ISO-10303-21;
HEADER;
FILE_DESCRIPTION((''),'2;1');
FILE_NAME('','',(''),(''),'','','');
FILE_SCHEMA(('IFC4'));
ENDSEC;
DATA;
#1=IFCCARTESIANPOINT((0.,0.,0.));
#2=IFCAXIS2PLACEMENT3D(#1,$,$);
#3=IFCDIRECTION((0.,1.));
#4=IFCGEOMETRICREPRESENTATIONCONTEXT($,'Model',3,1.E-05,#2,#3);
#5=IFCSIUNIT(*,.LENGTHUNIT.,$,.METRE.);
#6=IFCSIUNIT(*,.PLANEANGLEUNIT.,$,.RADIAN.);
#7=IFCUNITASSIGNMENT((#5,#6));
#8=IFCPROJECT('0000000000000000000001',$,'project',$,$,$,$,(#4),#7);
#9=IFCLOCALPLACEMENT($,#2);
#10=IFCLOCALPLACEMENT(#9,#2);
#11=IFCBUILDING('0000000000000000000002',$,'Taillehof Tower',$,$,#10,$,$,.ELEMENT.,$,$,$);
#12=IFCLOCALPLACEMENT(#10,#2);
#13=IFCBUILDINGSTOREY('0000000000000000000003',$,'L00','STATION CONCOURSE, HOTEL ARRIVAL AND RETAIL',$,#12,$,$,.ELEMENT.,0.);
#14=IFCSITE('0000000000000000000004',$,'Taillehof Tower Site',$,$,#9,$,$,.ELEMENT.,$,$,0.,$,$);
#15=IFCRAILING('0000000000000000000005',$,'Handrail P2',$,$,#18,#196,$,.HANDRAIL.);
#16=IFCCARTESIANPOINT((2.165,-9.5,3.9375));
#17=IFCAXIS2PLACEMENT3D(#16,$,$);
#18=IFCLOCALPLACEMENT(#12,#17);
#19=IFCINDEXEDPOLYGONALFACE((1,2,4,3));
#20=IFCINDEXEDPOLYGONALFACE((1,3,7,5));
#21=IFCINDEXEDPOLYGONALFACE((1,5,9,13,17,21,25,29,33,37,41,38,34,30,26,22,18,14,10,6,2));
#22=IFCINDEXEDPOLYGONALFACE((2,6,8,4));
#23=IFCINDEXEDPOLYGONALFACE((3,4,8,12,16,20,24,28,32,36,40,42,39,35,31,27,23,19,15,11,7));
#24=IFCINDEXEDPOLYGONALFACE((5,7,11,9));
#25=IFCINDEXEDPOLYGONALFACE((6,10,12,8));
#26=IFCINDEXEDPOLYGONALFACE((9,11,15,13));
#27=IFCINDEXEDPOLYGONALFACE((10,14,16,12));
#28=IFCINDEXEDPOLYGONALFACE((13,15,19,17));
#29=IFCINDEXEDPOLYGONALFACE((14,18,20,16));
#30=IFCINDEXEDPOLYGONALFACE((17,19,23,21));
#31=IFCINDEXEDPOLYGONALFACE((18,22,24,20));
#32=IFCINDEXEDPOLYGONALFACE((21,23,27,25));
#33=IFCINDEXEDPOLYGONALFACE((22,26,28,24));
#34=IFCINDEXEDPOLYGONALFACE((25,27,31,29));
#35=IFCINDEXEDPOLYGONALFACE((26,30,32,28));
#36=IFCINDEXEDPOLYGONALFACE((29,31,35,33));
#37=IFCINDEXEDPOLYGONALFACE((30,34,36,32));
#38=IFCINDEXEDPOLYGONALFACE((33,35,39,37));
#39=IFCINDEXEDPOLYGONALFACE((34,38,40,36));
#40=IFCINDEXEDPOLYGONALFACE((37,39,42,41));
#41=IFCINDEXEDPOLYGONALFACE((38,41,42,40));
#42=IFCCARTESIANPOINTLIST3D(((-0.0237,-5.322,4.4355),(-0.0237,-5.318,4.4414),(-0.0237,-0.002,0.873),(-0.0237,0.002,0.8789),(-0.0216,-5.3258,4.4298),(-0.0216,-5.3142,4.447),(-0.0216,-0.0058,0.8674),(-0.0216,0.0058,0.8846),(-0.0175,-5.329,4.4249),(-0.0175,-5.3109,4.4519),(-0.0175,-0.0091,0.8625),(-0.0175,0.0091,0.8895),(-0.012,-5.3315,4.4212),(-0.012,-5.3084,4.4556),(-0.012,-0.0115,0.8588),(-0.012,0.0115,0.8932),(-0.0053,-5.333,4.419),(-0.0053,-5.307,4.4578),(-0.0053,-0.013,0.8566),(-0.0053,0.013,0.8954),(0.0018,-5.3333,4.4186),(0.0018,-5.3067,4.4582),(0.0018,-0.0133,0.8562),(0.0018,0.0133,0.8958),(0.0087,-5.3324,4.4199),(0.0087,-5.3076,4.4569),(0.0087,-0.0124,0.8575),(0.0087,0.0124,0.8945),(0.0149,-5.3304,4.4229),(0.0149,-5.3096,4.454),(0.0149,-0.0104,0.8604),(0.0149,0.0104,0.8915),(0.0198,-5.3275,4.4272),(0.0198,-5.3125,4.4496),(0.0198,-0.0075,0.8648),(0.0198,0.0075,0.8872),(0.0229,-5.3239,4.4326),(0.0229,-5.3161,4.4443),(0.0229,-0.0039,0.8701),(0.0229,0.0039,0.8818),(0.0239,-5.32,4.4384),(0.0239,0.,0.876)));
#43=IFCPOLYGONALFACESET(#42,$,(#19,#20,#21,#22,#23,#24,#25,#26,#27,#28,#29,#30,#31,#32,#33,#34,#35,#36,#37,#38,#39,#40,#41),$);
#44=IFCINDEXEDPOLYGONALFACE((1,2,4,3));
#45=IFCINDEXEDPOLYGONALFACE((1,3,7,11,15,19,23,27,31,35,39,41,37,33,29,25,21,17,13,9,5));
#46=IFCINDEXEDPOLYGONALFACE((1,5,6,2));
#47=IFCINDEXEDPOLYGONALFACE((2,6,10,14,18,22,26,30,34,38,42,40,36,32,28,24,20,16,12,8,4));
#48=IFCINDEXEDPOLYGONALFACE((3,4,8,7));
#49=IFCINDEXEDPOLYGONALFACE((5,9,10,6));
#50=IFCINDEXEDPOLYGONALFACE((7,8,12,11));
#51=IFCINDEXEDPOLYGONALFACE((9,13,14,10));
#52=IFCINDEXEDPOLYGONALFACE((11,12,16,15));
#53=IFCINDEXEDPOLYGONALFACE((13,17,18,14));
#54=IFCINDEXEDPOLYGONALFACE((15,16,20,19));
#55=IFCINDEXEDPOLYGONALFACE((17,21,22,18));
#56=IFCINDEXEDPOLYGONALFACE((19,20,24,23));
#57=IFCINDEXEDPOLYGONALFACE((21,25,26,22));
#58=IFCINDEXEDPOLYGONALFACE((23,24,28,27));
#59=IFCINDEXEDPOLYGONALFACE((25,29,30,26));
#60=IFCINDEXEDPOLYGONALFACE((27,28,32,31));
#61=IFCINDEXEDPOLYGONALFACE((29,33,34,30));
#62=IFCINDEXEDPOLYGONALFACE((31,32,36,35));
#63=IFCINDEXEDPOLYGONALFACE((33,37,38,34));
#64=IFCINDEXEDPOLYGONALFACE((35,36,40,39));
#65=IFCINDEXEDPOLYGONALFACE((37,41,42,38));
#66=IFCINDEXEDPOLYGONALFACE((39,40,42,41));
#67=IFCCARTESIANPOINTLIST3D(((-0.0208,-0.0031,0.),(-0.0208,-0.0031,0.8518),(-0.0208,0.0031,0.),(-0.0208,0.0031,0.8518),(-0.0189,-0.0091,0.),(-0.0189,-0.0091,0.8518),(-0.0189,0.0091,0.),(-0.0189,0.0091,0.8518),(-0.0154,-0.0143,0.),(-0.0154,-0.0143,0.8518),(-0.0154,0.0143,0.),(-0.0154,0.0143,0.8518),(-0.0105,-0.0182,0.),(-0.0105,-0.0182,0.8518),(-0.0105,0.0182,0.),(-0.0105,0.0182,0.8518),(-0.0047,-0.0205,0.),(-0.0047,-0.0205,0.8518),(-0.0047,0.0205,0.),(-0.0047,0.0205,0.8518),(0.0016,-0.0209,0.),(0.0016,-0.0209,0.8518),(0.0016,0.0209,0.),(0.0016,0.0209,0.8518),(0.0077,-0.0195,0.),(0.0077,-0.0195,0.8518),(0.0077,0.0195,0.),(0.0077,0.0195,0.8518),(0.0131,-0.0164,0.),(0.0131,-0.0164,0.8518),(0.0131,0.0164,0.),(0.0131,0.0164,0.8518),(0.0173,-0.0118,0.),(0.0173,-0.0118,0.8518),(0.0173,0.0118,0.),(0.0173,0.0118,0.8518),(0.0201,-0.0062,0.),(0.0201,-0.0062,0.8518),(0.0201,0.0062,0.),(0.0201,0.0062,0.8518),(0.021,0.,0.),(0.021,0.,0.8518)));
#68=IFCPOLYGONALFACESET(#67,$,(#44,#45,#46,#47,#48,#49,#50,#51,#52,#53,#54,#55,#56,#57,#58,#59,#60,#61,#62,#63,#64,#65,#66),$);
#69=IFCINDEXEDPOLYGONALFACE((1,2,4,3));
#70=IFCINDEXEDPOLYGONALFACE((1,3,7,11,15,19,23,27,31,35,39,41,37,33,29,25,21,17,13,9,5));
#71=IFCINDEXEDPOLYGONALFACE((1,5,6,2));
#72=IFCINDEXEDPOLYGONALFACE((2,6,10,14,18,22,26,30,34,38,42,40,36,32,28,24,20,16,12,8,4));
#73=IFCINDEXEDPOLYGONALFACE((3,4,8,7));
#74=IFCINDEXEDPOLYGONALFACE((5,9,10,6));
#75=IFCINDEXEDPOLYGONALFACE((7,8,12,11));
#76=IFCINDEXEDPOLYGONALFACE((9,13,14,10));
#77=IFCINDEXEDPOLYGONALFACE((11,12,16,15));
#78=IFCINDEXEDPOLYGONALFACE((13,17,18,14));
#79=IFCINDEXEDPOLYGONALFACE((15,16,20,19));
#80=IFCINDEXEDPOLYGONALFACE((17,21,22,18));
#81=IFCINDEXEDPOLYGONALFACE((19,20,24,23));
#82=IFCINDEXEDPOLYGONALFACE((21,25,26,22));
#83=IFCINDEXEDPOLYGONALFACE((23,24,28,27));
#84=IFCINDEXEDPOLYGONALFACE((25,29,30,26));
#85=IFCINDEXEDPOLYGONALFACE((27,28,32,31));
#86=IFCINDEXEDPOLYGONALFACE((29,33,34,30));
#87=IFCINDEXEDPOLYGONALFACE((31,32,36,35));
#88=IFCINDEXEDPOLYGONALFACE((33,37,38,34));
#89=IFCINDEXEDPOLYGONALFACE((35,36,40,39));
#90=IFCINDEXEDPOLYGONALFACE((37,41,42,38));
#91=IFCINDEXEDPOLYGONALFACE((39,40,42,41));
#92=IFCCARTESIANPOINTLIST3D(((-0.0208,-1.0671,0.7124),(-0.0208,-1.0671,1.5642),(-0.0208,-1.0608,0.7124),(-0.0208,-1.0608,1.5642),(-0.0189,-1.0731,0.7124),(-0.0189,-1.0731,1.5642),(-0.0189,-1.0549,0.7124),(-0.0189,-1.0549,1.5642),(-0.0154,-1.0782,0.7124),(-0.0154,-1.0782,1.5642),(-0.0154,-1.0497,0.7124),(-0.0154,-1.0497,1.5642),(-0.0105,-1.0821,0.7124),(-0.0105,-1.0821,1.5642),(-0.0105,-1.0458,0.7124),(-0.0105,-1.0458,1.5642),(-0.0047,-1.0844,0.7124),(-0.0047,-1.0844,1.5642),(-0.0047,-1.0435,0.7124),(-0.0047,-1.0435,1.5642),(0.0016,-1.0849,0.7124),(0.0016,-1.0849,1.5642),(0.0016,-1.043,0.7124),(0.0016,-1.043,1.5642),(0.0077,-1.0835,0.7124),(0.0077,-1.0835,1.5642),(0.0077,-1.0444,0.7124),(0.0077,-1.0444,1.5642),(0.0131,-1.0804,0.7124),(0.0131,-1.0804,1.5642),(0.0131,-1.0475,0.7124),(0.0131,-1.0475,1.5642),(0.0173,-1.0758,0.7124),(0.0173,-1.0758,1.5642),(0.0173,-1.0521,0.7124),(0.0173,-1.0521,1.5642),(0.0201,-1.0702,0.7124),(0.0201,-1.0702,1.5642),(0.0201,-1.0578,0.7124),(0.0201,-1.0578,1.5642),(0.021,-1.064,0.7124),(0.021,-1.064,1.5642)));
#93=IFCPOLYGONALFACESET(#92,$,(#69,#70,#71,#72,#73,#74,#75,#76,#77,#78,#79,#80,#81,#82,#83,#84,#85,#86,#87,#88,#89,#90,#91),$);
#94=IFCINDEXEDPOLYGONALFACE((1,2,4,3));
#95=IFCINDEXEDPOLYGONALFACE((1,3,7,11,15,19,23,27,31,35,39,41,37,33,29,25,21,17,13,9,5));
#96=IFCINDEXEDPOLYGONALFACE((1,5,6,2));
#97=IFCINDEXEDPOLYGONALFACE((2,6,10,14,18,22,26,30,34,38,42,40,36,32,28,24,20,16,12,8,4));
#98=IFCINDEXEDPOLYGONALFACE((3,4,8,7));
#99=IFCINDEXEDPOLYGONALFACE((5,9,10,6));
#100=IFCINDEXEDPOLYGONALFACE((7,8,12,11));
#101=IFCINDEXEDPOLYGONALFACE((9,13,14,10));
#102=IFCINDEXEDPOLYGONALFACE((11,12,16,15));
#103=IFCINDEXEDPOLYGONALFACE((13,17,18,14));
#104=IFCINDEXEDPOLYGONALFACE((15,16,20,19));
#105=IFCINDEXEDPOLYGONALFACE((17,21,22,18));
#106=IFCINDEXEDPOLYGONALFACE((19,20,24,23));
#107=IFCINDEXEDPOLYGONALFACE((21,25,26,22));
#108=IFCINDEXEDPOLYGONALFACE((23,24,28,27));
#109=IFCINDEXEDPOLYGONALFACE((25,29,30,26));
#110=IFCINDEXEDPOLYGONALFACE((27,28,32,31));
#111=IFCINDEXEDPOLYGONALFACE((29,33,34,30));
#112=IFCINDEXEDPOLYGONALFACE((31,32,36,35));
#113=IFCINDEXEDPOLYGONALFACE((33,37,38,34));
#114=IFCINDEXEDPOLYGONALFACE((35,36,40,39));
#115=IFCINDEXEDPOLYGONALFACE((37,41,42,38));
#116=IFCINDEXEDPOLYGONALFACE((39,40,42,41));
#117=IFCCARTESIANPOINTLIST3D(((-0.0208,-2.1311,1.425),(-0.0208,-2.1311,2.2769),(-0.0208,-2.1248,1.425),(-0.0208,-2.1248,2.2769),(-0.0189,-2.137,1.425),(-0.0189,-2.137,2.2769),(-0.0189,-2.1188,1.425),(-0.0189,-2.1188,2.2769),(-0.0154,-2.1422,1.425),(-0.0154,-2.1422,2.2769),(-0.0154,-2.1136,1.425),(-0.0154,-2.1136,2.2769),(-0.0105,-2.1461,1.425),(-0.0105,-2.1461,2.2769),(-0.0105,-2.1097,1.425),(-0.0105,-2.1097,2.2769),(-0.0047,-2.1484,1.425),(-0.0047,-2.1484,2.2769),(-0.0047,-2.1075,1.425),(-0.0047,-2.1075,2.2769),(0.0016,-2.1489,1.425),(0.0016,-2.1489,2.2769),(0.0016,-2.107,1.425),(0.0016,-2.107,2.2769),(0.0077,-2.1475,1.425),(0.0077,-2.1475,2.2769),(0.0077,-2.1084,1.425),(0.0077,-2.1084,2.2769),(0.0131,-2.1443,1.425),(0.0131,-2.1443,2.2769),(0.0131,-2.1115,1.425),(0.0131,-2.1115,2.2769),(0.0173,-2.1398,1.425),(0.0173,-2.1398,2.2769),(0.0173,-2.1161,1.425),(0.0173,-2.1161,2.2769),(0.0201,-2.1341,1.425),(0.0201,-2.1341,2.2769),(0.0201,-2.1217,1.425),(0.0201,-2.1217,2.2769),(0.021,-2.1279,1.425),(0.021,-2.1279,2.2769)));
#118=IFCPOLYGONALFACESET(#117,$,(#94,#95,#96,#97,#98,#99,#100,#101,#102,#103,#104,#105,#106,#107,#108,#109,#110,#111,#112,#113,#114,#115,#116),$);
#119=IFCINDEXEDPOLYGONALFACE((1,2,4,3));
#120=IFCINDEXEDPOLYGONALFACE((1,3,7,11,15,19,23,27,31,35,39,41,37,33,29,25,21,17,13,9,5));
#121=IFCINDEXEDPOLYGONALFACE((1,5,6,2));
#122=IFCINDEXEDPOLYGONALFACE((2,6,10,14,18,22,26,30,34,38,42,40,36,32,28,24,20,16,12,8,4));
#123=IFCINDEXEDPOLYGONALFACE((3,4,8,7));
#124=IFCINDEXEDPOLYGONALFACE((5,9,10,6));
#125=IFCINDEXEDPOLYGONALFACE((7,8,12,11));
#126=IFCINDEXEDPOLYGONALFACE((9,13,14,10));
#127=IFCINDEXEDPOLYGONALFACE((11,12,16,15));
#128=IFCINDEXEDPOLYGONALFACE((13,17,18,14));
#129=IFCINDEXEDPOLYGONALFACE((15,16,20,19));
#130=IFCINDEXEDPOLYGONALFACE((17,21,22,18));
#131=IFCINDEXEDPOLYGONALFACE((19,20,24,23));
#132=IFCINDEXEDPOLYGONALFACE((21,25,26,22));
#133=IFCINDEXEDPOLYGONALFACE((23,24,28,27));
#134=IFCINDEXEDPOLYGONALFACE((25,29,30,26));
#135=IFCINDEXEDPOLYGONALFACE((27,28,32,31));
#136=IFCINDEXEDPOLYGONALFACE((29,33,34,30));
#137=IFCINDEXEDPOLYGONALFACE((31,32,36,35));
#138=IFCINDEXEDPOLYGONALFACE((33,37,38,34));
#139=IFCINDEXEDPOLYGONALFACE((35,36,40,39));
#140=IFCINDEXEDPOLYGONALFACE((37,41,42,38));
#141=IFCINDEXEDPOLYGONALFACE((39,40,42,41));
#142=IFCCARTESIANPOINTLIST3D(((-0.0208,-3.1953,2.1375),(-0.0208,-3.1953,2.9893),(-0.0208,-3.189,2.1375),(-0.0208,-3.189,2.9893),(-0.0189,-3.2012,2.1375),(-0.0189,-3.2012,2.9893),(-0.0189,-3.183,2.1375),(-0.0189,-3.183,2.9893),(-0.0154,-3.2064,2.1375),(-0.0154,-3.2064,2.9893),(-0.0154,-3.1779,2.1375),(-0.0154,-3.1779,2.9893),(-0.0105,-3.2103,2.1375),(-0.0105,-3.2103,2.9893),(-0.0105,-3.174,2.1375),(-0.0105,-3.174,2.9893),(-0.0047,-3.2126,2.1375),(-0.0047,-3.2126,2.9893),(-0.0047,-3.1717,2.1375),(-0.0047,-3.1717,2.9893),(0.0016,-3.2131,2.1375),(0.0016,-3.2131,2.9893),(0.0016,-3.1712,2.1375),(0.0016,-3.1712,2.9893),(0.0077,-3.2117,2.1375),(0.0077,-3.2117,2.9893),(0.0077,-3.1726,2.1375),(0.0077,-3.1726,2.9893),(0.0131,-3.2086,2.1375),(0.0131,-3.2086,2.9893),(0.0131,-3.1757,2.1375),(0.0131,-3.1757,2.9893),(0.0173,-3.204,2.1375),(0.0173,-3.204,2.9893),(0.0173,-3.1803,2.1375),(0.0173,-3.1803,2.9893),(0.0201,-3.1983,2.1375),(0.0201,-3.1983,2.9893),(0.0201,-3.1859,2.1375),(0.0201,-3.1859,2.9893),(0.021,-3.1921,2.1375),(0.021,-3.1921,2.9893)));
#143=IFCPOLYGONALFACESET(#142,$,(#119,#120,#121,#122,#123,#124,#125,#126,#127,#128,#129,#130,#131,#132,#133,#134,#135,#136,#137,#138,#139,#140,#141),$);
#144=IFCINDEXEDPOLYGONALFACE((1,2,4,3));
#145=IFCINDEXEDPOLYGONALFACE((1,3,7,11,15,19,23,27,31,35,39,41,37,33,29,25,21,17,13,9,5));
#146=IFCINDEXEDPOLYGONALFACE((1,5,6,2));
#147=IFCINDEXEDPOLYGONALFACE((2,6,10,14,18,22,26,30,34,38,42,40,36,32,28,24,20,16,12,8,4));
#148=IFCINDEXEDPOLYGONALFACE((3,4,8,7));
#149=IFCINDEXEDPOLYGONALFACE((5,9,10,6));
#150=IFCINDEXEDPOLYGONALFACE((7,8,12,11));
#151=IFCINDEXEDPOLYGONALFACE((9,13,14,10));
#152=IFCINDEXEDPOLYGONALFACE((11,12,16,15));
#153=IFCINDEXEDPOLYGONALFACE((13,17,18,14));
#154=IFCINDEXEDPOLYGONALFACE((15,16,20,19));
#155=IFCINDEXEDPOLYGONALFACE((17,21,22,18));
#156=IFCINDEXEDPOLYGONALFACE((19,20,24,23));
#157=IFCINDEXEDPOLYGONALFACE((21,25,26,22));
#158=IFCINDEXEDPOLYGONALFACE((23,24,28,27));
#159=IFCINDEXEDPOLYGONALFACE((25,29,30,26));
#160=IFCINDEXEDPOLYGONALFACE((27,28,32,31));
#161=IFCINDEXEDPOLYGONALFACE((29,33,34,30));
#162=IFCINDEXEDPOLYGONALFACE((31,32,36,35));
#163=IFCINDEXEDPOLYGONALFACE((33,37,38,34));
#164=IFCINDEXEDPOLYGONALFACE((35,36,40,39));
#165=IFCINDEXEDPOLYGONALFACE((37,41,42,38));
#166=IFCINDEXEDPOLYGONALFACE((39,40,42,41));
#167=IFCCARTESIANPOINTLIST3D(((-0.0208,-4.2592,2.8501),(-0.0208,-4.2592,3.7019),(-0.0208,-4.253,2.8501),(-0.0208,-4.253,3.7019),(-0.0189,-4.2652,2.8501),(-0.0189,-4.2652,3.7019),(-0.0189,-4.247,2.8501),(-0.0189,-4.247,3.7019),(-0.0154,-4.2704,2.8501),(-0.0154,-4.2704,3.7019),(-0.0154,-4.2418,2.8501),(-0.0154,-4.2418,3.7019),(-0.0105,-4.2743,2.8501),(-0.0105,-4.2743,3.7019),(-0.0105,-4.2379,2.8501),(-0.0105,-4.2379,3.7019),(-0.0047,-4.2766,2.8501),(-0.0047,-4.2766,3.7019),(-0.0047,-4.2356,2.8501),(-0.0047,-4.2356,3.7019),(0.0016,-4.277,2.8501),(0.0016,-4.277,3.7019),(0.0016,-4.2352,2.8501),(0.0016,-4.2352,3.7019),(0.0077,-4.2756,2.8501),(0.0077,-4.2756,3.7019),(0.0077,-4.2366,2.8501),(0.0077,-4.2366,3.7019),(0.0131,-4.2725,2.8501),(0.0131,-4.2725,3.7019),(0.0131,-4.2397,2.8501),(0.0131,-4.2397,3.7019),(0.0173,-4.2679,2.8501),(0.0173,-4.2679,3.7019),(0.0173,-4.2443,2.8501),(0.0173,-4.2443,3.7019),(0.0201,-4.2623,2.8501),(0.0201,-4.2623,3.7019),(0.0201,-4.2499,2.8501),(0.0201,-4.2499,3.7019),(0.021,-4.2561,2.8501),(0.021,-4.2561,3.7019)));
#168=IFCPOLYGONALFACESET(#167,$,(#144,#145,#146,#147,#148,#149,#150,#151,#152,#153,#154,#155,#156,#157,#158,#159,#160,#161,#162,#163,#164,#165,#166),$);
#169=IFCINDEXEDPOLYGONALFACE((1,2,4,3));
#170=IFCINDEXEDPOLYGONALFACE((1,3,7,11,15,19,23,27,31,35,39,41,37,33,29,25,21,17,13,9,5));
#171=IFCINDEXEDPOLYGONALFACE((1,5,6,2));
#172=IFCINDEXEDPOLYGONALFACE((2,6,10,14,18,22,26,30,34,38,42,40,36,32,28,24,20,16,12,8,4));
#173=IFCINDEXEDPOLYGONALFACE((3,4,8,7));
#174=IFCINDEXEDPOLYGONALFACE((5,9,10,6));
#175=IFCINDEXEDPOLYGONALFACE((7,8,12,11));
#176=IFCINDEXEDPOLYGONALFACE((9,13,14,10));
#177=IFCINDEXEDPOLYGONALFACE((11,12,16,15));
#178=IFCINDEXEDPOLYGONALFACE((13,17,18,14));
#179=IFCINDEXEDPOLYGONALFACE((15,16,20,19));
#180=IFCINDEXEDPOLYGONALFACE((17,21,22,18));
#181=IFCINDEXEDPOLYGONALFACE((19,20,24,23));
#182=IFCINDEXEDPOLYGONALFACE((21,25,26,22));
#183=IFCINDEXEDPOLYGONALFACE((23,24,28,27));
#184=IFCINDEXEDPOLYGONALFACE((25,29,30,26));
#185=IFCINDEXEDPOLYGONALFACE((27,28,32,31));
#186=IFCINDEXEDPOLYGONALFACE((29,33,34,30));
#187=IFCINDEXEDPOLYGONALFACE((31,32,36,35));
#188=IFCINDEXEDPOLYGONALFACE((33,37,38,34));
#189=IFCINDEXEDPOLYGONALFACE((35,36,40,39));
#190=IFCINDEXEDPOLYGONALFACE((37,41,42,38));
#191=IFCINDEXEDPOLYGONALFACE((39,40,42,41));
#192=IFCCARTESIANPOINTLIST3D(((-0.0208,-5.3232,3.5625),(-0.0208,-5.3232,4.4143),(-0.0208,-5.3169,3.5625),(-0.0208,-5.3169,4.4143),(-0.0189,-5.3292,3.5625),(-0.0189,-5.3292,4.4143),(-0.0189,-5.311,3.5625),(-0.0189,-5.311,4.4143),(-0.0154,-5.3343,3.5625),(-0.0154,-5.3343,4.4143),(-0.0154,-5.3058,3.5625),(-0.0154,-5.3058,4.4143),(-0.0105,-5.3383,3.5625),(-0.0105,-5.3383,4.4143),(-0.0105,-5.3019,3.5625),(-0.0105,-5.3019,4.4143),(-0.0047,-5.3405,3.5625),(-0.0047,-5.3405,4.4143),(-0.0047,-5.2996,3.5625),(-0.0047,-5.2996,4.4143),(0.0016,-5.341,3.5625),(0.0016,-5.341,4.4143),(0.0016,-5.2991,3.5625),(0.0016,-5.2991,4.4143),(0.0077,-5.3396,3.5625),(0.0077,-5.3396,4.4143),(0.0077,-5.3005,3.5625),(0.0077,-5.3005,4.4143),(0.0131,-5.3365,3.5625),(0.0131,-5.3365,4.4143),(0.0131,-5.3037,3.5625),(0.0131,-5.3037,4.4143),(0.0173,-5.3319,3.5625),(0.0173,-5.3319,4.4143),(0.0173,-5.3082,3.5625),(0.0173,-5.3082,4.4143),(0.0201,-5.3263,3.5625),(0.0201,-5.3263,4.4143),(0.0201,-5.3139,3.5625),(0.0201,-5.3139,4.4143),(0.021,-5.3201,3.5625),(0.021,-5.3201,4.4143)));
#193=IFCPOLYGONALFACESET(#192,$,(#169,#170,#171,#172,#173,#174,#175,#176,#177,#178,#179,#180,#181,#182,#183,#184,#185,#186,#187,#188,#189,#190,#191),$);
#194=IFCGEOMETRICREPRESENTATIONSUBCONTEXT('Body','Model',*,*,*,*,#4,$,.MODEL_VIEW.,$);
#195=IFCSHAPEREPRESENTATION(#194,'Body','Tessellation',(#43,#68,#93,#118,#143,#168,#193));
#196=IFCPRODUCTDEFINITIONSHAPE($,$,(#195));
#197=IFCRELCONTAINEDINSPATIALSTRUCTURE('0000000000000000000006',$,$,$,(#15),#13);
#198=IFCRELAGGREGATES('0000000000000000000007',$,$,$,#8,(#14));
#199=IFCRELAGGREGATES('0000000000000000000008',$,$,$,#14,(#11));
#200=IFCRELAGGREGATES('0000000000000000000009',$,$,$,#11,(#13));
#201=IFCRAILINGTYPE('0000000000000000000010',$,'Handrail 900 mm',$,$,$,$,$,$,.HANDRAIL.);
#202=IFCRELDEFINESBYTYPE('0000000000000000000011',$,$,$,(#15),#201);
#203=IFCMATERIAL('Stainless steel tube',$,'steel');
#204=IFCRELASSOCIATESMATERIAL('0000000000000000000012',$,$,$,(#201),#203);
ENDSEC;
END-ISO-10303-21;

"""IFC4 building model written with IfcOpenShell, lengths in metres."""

from ifc_helpers import new_model, si_unit, direction, frame, origin, origin_2d, place, context, subcontext, project, spatial, circle, extrude, material, type_object, element, save


model = new_model("IFC4")

# Units and contexts
model_context = context("Model", 3, precision=1e-05, world=origin(), true_north=direction((0.0, 1.0)))
body_context = subcontext(model_context, "Body", "Model", "MODEL_VIEW")
ifc_project = project(units=[si_unit("LENGTHUNIT", "METRE"), si_unit("PLANEANGLEUNIT", "RADIAN")], contexts=[model_context])

# Site, building, storey
site_placement = place(None, origin())
site = spatial("IfcSite", under=ifc_project, at=site_placement, Name="Taillehof Tower Site", CompositionType="ELEMENT", RefElevation=0.0)
building_placement = place(site_placement, origin())
building = spatial("IfcBuilding", under=site, at=building_placement, Name="Taillehof Tower", CompositionType="ELEMENT")
storey_placement = place(building_placement, origin())
storey = spatial("IfcBuildingStorey", under=building, at=storey_placement, Name="L00", Description="STATION CONCOURSE, HOTEL ARRIVAL AND RETAIL", CompositionType="ELEMENT", Elevation=0.0)

# Railing
ifc_material_1 = material(Name="Stainless steel tube", Category="steel")
railing_type = type_object("IfcRailingType", Name="Handrail 900 mm", PredefinedType="HANDRAIL", material=ifc_material_1)
for number, where, name in (
    (1, (2.165, -9.5, 3.9375), "Handrail P2"),
):
    element("IfcRailing", number, at=place(storey_placement, frame(where)), inside=storey, type_object=railing_type, Name=name, PredefinedType="HANDRAIL", context=body_context, shape_type="SweptSolid", body=[
        extrude(circle(Radius=0.0239, at=origin_2d()), frame((0.0, 0.0, 0.876), z_axis=(0.0, -0.83091, 0.556406), x_axis=(1.0, 0.0, 0.0)), (0.0, 0.0, 1.0), 6.4026),
        extrude(circle(Radius=0.021, at=origin_2d()), origin(), (0.0, 0.0, 1.0), 0.8518),
        extrude(circle(Radius=0.021, at=origin_2d()), frame((0.0, -1.064, 0.7124)), (0.0, 0.0, 1.0), 0.8518),
        extrude(circle(Radius=0.021, at=origin_2d()), frame((0.0, -2.1279, 1.425)), (0.0, 0.0, 1.0), 0.8518),
        extrude(circle(Radius=0.021, at=origin_2d()), frame((0.0, -3.1921, 2.1375)), (0.0, 0.0, 1.0), 0.8518),
        extrude(circle(Radius=0.021, at=origin_2d()), frame((0.0, -4.2561, 2.8501)), (0.0, 0.0, 1.0), 0.8518),
        extrude(circle(Radius=0.021, at=origin_2d()), frame((0.0, -5.3201, 3.5625)), (0.0, 0.0, 1.0), 0.8518),
    ])

save(model, "model.ifc")
